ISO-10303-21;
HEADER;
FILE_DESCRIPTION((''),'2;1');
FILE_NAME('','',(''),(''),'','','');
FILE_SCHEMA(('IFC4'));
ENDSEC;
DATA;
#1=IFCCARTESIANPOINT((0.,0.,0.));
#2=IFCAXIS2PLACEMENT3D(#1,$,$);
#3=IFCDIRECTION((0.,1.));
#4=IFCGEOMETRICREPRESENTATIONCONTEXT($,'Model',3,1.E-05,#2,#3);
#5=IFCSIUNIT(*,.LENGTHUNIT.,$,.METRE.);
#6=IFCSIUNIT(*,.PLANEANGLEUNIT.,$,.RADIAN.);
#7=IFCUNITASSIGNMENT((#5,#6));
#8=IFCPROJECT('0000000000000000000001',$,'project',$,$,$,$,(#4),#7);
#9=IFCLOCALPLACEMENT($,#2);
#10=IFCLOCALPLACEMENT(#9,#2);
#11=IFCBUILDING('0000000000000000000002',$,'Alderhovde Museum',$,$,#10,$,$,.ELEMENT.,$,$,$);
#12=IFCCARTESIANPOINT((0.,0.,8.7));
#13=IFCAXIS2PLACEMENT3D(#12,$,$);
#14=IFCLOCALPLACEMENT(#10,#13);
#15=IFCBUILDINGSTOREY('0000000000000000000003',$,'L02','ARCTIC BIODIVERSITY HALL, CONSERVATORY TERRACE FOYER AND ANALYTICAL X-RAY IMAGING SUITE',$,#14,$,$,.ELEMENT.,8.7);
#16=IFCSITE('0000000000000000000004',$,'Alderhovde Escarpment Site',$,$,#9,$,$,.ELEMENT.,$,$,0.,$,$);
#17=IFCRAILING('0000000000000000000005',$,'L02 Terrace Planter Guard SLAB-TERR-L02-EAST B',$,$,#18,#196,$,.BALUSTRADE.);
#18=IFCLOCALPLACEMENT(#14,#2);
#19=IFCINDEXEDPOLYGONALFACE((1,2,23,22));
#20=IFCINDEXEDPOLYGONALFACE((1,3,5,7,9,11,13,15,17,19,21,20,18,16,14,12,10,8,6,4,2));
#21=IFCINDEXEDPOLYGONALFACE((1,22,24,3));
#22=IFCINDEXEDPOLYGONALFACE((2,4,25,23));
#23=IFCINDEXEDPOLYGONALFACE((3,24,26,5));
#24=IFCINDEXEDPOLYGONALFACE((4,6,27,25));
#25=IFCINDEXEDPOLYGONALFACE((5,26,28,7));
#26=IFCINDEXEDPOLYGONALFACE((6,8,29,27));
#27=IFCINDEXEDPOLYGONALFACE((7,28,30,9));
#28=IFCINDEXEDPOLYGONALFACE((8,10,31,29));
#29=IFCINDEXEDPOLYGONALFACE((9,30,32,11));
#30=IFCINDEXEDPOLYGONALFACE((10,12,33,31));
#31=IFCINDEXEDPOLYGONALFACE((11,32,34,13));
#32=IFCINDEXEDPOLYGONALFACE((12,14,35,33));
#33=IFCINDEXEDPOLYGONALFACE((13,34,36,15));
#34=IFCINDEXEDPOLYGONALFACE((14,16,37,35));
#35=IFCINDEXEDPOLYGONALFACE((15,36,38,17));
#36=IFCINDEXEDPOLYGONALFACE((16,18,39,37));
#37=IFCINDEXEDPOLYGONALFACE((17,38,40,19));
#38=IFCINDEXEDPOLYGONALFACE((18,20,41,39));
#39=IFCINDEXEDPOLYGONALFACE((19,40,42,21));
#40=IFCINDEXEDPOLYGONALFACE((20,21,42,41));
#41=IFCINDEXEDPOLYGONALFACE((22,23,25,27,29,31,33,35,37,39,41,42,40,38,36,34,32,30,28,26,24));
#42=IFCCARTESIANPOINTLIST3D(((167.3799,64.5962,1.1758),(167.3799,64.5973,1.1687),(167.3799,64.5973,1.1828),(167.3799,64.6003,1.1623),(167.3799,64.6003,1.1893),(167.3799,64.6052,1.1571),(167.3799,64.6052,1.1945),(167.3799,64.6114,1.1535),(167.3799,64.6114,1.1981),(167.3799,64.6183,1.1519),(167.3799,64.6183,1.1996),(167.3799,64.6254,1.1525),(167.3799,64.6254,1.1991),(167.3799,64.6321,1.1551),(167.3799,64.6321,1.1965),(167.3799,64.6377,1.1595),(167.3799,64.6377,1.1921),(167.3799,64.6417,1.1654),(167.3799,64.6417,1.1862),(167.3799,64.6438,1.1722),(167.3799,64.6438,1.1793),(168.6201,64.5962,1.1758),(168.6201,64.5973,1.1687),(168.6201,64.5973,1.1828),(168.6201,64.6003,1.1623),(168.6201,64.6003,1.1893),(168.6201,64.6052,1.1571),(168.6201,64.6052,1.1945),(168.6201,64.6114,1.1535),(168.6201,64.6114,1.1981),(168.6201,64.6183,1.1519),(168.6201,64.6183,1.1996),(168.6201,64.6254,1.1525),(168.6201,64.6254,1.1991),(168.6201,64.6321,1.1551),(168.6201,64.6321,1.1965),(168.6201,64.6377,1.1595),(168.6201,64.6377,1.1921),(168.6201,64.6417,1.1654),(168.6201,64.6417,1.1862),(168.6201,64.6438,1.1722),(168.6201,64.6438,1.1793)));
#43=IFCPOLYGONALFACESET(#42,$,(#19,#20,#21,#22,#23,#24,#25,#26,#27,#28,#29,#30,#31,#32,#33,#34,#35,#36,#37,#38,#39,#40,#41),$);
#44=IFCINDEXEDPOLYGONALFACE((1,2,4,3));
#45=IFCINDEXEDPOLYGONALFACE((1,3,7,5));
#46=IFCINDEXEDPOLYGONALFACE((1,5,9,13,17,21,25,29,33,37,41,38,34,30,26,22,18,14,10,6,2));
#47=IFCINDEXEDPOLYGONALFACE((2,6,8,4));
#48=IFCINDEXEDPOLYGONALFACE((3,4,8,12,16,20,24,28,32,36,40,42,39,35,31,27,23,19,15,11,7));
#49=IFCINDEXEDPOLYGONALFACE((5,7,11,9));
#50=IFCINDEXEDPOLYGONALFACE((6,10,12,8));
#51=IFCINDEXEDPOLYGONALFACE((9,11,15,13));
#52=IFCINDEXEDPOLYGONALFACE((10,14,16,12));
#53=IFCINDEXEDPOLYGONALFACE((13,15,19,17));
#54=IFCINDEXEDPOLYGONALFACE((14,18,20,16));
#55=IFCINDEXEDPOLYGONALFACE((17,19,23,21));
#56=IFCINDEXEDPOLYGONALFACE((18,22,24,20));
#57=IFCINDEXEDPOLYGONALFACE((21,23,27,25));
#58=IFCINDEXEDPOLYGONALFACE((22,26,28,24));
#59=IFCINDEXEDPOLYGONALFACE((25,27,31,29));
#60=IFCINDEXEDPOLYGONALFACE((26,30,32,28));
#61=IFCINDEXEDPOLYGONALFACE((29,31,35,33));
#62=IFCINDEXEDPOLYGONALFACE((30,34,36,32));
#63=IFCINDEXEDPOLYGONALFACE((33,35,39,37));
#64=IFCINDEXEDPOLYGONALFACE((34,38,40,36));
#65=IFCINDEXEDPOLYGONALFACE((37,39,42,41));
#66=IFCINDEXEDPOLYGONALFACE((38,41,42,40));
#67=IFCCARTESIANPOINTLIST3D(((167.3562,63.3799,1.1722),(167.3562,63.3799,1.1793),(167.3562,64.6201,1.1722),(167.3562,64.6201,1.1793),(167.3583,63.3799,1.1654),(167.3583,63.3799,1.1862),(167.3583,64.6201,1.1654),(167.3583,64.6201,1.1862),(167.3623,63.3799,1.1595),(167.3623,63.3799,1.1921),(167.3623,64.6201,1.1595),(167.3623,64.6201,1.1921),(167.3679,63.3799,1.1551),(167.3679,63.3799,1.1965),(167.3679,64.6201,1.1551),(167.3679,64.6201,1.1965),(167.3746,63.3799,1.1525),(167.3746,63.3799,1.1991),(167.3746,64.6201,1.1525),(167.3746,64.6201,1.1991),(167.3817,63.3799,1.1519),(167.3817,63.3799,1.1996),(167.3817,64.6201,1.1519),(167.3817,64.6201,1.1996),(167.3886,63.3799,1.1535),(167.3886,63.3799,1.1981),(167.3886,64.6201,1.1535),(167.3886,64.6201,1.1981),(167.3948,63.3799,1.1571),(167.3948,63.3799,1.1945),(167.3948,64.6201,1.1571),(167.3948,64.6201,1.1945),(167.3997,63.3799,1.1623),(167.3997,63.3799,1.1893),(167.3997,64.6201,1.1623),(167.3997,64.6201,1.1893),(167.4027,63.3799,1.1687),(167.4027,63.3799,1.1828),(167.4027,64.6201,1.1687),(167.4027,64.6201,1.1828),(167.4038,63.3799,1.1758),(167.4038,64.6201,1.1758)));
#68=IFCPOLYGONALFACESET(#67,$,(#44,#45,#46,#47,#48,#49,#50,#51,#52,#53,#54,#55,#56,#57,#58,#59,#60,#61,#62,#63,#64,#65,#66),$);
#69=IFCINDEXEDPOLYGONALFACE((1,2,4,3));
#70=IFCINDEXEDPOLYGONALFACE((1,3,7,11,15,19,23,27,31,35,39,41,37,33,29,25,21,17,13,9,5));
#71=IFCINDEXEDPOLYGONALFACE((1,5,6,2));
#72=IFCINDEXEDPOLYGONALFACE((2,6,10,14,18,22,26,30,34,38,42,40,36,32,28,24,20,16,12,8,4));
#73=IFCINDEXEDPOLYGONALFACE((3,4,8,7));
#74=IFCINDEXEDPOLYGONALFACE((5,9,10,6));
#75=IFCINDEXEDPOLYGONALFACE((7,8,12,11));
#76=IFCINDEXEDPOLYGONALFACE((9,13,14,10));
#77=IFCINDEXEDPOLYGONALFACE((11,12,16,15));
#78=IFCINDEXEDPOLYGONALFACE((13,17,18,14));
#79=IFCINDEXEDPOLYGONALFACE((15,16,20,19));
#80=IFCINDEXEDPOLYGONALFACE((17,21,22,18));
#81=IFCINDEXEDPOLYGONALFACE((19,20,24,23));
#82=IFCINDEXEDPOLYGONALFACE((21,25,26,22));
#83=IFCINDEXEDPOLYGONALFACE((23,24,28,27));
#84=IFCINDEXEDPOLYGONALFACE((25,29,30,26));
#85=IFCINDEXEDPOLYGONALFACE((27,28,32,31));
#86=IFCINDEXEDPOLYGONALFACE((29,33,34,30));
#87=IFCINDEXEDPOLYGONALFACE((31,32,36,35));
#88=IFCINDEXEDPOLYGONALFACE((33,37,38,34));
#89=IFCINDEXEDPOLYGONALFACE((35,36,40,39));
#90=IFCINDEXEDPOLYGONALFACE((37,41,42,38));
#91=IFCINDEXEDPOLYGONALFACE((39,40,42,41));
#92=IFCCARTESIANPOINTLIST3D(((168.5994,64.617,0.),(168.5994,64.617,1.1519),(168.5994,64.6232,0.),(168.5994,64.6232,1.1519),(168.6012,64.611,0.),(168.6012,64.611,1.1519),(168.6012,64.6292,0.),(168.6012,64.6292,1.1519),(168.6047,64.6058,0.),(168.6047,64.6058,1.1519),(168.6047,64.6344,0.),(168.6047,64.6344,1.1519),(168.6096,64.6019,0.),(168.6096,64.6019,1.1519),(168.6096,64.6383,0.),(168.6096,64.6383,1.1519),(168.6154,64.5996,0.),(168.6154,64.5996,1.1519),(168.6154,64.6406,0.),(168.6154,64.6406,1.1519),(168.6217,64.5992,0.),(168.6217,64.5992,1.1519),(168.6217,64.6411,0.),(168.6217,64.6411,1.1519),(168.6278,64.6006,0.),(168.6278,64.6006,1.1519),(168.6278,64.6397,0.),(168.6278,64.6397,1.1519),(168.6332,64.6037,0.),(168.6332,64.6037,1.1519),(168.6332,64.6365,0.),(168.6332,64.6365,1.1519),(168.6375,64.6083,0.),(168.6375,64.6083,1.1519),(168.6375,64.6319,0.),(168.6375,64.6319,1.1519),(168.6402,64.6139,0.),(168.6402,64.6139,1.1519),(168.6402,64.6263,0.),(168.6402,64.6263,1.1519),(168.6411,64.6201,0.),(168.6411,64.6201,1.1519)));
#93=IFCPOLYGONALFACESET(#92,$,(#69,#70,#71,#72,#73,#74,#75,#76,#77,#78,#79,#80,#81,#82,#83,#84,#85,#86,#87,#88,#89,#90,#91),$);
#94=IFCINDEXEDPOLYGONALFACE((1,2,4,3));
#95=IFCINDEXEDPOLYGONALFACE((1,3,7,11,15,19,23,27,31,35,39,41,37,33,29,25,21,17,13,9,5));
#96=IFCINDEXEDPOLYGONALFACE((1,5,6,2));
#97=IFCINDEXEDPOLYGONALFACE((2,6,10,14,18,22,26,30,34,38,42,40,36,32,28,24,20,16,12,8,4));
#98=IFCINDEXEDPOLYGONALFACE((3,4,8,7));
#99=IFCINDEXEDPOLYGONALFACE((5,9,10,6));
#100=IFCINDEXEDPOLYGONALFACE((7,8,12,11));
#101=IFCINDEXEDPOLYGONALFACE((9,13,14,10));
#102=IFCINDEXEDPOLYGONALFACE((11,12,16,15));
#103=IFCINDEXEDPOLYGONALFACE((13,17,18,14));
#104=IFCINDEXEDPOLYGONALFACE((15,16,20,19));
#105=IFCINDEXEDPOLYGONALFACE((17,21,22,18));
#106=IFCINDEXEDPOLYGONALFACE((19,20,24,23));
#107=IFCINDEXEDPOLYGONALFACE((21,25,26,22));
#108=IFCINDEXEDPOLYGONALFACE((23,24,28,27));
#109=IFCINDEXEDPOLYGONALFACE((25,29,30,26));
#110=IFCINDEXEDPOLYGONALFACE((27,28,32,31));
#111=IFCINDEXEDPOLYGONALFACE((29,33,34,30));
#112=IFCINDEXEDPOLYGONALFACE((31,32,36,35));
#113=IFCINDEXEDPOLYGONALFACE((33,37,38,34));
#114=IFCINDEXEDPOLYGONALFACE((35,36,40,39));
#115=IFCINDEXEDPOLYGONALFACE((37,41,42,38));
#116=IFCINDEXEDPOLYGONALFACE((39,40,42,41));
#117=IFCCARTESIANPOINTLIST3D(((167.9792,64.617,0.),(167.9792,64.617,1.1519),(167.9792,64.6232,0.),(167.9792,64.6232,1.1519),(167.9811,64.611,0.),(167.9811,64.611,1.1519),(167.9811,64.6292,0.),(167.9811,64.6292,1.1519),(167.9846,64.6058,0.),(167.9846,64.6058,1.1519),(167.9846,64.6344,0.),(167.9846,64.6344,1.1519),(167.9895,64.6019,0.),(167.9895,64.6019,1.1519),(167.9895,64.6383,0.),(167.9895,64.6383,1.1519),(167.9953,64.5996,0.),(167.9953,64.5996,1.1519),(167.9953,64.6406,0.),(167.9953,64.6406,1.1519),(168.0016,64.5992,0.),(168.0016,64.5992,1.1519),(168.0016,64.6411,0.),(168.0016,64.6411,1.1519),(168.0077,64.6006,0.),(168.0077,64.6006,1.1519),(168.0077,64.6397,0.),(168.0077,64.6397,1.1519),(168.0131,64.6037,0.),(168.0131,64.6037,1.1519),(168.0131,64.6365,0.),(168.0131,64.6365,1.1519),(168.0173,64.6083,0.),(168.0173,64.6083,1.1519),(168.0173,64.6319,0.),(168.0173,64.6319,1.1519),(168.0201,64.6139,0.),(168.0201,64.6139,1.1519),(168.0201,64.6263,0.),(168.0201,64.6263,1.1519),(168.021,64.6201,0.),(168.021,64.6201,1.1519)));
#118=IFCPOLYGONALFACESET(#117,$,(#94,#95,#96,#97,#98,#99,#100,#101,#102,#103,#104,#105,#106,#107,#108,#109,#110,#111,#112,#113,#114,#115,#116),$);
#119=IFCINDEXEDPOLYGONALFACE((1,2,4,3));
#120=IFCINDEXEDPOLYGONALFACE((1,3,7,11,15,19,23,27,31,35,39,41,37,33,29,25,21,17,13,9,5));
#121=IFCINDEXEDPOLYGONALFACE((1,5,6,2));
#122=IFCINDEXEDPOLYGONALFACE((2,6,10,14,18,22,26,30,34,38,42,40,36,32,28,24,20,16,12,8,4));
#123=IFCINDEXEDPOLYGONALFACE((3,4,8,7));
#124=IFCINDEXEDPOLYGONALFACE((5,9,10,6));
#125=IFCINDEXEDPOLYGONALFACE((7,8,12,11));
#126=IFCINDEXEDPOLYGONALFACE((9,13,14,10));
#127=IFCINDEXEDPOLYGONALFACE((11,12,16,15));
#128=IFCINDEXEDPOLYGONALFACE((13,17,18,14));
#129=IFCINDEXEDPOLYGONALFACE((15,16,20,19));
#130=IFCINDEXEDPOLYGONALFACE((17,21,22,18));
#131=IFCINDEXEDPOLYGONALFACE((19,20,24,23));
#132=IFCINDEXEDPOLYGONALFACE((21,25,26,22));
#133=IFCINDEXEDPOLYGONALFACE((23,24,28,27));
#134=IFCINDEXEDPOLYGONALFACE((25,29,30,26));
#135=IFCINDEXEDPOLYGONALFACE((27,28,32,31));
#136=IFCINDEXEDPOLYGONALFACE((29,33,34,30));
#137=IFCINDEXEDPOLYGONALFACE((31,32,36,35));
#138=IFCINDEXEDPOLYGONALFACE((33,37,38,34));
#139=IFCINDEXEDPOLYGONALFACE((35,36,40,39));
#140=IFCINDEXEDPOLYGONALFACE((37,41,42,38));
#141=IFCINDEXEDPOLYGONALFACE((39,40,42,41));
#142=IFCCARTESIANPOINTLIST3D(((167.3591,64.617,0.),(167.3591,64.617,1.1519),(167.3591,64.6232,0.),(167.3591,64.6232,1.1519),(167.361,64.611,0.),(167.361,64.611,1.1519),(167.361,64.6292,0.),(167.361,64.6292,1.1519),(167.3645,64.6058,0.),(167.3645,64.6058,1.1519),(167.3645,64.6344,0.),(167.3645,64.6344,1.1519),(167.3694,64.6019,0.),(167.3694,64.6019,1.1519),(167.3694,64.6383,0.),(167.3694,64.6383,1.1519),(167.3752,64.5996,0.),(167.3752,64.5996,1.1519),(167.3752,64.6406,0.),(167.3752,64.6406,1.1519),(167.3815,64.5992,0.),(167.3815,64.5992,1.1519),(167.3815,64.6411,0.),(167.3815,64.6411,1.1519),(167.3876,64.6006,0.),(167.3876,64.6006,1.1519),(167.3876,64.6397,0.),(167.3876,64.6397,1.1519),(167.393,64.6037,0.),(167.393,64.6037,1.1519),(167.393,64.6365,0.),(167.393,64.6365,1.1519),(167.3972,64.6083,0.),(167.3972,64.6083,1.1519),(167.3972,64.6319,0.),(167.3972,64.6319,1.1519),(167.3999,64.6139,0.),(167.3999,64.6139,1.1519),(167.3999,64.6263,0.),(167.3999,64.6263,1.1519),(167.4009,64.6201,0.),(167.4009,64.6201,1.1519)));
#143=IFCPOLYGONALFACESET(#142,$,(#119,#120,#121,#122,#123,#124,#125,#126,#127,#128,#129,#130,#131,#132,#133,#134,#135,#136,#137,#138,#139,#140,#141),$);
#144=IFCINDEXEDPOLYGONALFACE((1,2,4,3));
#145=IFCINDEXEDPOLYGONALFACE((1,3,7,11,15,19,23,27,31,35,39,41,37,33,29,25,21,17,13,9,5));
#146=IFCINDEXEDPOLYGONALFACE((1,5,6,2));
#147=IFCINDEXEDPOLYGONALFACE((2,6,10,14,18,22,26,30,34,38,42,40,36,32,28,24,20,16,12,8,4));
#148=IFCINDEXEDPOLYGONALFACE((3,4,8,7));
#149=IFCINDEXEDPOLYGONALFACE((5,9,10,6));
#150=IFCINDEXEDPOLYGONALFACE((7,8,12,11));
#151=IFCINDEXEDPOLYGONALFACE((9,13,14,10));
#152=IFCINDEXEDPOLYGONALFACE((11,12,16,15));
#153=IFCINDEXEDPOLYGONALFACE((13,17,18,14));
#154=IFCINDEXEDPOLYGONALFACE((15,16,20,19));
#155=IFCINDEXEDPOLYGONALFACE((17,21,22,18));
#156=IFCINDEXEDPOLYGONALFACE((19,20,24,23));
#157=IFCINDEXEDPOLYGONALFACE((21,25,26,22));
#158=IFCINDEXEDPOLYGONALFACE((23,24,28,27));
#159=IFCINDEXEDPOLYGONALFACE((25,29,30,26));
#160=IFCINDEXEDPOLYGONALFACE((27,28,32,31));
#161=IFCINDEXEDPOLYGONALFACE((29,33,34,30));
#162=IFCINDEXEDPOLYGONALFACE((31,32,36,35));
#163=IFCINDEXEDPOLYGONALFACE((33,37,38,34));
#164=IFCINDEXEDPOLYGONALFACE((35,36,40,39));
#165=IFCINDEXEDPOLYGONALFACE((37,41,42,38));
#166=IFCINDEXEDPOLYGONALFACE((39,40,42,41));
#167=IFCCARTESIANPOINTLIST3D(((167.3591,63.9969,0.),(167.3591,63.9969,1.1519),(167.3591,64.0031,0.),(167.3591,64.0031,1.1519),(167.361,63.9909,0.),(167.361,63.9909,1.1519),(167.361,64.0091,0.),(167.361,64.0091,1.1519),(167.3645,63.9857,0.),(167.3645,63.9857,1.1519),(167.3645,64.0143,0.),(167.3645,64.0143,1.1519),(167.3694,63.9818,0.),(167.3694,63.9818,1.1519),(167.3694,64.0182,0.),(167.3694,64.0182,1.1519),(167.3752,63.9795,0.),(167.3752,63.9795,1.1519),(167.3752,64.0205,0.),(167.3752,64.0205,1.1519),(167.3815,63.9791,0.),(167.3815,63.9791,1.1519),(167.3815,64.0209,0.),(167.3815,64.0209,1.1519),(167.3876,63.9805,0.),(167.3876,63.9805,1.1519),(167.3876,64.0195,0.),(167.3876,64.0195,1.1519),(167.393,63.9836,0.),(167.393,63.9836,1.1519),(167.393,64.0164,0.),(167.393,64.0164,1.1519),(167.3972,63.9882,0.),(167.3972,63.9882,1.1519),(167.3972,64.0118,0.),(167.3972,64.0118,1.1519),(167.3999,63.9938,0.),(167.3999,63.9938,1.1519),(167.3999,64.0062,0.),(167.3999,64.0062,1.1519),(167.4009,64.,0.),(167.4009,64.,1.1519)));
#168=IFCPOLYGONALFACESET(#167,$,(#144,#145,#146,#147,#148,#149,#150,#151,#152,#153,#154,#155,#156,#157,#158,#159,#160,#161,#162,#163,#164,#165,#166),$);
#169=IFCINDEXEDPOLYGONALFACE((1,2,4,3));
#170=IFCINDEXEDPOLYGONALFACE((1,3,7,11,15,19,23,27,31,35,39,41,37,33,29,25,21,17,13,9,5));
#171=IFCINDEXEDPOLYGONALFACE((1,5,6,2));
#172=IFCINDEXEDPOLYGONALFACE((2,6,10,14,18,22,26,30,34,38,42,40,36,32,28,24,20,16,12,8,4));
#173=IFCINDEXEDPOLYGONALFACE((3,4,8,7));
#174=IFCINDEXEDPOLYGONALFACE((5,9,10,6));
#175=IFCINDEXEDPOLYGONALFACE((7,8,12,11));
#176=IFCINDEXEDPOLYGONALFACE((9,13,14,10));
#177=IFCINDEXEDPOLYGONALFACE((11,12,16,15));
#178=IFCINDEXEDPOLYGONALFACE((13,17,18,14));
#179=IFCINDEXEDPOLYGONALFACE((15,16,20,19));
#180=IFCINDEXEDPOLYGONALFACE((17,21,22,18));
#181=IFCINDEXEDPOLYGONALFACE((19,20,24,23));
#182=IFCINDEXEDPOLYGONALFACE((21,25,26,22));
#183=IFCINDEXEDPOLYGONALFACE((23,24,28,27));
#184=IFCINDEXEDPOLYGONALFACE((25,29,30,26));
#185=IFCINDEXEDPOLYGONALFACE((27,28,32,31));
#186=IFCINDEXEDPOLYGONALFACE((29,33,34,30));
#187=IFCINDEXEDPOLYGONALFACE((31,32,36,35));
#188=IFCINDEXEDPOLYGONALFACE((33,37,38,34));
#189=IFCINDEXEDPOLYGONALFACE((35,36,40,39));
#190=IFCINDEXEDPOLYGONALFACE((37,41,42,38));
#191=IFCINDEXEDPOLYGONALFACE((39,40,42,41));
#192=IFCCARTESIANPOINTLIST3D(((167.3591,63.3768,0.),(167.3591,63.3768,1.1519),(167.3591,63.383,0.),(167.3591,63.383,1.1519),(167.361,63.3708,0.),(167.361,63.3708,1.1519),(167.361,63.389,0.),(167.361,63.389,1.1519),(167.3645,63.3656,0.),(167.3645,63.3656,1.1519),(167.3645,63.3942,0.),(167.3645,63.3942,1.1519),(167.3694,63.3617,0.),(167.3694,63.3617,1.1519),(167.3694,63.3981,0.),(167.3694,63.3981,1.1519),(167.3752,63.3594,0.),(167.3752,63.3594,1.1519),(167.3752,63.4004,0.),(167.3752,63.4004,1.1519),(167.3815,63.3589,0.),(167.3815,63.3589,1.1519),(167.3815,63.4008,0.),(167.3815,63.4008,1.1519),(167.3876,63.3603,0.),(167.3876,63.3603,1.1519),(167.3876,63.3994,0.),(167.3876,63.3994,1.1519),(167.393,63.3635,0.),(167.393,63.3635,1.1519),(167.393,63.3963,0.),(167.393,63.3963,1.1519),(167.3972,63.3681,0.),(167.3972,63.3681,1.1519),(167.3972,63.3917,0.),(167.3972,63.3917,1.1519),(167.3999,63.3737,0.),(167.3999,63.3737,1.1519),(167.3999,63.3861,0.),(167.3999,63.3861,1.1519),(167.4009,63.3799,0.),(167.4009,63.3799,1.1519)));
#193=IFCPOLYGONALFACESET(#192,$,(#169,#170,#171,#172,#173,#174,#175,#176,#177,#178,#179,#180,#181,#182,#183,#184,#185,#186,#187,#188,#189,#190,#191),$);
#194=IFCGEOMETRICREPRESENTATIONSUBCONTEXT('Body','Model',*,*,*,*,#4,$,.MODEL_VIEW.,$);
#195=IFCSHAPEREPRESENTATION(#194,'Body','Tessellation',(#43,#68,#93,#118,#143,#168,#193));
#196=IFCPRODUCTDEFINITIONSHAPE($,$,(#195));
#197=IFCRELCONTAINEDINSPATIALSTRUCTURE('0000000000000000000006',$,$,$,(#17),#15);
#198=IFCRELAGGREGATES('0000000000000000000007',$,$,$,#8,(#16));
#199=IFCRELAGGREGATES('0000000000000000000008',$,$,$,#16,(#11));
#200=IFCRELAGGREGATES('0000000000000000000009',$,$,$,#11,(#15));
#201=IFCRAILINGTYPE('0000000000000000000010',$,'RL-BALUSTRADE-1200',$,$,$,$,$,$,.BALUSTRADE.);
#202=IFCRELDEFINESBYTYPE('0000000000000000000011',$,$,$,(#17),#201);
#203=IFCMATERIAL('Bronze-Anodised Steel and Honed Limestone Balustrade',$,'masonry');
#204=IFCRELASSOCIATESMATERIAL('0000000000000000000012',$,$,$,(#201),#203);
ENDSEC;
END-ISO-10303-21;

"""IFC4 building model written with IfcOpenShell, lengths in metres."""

from ifc_helpers import new_model, si_unit, direction, frame, origin, origin_2d, place, context, subcontext, project, spatial, circle, extrude, material, type_object, element, save


model = new_model("IFC4")

# Units and contexts
model_context = context("Model", 3, precision=1e-05, world=origin(), true_north=direction((0.0, 1.0)))
body_context = subcontext(model_context, "Body", "Model", "MODEL_VIEW")
ifc_project = project(units=[si_unit("LENGTHUNIT", "METRE"), si_unit("PLANEANGLEUNIT", "RADIAN")], contexts=[model_context])

# Site, building, storey
site_placement = place(None, origin())
site = spatial("IfcSite", under=ifc_project, at=site_placement, Name="Alderhovde Escarpment Site", CompositionType="ELEMENT", RefElevation=0.0)
building_placement = place(site_placement, origin())
building = spatial("IfcBuilding", under=site, at=building_placement, Name="Alderhovde Museum", CompositionType="ELEMENT")
storey_placement = place(building_placement, frame((0.0, 0.0, 8.7)))
storey = spatial("IfcBuildingStorey", under=building, at=storey_placement, Name="L02", Description="ARCTIC BIODIVERSITY HALL, CONSERVATORY TERRACE FOYER AND ANALYTICAL X-RAY IMAGING SUITE", CompositionType="ELEMENT", Elevation=8.7)

# Railing
ifc_material_1 = material(Name="Bronze-Anodised Steel and Honed Limestone Balustrade", Category="masonry")
railing_type = type_object("IfcRailingType", Name="RL-BALUSTRADE-1200", PredefinedType="BALUSTRADE", material=ifc_material_1)
railing_1_placement = place(storey_placement, frame((168.6201, 64.6201, 0.0)))
element("IfcRailing", 1, at=railing_1_placement, inside=storey, type_object=railing_type, Name="L02 Terrace Planter Guard SLAB-TERR-L02-EAST B", PredefinedType="BALUSTRADE", context=body_context, shape_type="SweptSolid", body=[
    extrude(circle(Radius=0.0239, at=origin_2d()), frame((0.0, 0.0, 1.1758), z_axis=(-1.0, 0.0, 0.0), x_axis=(0.0, -1.0, 0.0)), (0.0, 0.0, 1.0), 1.2402),
    extrude(circle(Radius=0.0239, at=origin_2d()), frame((-1.2402, 0.0, 1.1758), z_axis=(0.0, -1.0, 0.0), x_axis=(1.0, 0.0, 0.0)), (0.0, 0.0, 1.0), 1.2402),
    extrude(circle(Radius=0.021, at=origin_2d()), origin(), (0.0, 0.0, 1.0), 1.1519),
    extrude(circle(Radius=0.021, at=origin_2d()), frame((-0.6201, 0.0, 0.0)), (0.0, 0.0, 1.0), 1.1519),
    extrude(circle(Radius=0.021, at=origin_2d()), frame((-1.2402, 0.0, 0.0)), (0.0, 0.0, 1.0), 1.1519),
    extrude(circle(Radius=0.021, at=origin_2d()), frame((-1.2402, -0.6201, 0.0)), (0.0, 0.0, 1.0), 1.1519),
    extrude(circle(Radius=0.021, at=origin_2d()), frame((-1.2402, -1.2402, 0.0)), (0.0, 0.0, 1.0), 1.1519),
])

save(model, "model.ifc")
